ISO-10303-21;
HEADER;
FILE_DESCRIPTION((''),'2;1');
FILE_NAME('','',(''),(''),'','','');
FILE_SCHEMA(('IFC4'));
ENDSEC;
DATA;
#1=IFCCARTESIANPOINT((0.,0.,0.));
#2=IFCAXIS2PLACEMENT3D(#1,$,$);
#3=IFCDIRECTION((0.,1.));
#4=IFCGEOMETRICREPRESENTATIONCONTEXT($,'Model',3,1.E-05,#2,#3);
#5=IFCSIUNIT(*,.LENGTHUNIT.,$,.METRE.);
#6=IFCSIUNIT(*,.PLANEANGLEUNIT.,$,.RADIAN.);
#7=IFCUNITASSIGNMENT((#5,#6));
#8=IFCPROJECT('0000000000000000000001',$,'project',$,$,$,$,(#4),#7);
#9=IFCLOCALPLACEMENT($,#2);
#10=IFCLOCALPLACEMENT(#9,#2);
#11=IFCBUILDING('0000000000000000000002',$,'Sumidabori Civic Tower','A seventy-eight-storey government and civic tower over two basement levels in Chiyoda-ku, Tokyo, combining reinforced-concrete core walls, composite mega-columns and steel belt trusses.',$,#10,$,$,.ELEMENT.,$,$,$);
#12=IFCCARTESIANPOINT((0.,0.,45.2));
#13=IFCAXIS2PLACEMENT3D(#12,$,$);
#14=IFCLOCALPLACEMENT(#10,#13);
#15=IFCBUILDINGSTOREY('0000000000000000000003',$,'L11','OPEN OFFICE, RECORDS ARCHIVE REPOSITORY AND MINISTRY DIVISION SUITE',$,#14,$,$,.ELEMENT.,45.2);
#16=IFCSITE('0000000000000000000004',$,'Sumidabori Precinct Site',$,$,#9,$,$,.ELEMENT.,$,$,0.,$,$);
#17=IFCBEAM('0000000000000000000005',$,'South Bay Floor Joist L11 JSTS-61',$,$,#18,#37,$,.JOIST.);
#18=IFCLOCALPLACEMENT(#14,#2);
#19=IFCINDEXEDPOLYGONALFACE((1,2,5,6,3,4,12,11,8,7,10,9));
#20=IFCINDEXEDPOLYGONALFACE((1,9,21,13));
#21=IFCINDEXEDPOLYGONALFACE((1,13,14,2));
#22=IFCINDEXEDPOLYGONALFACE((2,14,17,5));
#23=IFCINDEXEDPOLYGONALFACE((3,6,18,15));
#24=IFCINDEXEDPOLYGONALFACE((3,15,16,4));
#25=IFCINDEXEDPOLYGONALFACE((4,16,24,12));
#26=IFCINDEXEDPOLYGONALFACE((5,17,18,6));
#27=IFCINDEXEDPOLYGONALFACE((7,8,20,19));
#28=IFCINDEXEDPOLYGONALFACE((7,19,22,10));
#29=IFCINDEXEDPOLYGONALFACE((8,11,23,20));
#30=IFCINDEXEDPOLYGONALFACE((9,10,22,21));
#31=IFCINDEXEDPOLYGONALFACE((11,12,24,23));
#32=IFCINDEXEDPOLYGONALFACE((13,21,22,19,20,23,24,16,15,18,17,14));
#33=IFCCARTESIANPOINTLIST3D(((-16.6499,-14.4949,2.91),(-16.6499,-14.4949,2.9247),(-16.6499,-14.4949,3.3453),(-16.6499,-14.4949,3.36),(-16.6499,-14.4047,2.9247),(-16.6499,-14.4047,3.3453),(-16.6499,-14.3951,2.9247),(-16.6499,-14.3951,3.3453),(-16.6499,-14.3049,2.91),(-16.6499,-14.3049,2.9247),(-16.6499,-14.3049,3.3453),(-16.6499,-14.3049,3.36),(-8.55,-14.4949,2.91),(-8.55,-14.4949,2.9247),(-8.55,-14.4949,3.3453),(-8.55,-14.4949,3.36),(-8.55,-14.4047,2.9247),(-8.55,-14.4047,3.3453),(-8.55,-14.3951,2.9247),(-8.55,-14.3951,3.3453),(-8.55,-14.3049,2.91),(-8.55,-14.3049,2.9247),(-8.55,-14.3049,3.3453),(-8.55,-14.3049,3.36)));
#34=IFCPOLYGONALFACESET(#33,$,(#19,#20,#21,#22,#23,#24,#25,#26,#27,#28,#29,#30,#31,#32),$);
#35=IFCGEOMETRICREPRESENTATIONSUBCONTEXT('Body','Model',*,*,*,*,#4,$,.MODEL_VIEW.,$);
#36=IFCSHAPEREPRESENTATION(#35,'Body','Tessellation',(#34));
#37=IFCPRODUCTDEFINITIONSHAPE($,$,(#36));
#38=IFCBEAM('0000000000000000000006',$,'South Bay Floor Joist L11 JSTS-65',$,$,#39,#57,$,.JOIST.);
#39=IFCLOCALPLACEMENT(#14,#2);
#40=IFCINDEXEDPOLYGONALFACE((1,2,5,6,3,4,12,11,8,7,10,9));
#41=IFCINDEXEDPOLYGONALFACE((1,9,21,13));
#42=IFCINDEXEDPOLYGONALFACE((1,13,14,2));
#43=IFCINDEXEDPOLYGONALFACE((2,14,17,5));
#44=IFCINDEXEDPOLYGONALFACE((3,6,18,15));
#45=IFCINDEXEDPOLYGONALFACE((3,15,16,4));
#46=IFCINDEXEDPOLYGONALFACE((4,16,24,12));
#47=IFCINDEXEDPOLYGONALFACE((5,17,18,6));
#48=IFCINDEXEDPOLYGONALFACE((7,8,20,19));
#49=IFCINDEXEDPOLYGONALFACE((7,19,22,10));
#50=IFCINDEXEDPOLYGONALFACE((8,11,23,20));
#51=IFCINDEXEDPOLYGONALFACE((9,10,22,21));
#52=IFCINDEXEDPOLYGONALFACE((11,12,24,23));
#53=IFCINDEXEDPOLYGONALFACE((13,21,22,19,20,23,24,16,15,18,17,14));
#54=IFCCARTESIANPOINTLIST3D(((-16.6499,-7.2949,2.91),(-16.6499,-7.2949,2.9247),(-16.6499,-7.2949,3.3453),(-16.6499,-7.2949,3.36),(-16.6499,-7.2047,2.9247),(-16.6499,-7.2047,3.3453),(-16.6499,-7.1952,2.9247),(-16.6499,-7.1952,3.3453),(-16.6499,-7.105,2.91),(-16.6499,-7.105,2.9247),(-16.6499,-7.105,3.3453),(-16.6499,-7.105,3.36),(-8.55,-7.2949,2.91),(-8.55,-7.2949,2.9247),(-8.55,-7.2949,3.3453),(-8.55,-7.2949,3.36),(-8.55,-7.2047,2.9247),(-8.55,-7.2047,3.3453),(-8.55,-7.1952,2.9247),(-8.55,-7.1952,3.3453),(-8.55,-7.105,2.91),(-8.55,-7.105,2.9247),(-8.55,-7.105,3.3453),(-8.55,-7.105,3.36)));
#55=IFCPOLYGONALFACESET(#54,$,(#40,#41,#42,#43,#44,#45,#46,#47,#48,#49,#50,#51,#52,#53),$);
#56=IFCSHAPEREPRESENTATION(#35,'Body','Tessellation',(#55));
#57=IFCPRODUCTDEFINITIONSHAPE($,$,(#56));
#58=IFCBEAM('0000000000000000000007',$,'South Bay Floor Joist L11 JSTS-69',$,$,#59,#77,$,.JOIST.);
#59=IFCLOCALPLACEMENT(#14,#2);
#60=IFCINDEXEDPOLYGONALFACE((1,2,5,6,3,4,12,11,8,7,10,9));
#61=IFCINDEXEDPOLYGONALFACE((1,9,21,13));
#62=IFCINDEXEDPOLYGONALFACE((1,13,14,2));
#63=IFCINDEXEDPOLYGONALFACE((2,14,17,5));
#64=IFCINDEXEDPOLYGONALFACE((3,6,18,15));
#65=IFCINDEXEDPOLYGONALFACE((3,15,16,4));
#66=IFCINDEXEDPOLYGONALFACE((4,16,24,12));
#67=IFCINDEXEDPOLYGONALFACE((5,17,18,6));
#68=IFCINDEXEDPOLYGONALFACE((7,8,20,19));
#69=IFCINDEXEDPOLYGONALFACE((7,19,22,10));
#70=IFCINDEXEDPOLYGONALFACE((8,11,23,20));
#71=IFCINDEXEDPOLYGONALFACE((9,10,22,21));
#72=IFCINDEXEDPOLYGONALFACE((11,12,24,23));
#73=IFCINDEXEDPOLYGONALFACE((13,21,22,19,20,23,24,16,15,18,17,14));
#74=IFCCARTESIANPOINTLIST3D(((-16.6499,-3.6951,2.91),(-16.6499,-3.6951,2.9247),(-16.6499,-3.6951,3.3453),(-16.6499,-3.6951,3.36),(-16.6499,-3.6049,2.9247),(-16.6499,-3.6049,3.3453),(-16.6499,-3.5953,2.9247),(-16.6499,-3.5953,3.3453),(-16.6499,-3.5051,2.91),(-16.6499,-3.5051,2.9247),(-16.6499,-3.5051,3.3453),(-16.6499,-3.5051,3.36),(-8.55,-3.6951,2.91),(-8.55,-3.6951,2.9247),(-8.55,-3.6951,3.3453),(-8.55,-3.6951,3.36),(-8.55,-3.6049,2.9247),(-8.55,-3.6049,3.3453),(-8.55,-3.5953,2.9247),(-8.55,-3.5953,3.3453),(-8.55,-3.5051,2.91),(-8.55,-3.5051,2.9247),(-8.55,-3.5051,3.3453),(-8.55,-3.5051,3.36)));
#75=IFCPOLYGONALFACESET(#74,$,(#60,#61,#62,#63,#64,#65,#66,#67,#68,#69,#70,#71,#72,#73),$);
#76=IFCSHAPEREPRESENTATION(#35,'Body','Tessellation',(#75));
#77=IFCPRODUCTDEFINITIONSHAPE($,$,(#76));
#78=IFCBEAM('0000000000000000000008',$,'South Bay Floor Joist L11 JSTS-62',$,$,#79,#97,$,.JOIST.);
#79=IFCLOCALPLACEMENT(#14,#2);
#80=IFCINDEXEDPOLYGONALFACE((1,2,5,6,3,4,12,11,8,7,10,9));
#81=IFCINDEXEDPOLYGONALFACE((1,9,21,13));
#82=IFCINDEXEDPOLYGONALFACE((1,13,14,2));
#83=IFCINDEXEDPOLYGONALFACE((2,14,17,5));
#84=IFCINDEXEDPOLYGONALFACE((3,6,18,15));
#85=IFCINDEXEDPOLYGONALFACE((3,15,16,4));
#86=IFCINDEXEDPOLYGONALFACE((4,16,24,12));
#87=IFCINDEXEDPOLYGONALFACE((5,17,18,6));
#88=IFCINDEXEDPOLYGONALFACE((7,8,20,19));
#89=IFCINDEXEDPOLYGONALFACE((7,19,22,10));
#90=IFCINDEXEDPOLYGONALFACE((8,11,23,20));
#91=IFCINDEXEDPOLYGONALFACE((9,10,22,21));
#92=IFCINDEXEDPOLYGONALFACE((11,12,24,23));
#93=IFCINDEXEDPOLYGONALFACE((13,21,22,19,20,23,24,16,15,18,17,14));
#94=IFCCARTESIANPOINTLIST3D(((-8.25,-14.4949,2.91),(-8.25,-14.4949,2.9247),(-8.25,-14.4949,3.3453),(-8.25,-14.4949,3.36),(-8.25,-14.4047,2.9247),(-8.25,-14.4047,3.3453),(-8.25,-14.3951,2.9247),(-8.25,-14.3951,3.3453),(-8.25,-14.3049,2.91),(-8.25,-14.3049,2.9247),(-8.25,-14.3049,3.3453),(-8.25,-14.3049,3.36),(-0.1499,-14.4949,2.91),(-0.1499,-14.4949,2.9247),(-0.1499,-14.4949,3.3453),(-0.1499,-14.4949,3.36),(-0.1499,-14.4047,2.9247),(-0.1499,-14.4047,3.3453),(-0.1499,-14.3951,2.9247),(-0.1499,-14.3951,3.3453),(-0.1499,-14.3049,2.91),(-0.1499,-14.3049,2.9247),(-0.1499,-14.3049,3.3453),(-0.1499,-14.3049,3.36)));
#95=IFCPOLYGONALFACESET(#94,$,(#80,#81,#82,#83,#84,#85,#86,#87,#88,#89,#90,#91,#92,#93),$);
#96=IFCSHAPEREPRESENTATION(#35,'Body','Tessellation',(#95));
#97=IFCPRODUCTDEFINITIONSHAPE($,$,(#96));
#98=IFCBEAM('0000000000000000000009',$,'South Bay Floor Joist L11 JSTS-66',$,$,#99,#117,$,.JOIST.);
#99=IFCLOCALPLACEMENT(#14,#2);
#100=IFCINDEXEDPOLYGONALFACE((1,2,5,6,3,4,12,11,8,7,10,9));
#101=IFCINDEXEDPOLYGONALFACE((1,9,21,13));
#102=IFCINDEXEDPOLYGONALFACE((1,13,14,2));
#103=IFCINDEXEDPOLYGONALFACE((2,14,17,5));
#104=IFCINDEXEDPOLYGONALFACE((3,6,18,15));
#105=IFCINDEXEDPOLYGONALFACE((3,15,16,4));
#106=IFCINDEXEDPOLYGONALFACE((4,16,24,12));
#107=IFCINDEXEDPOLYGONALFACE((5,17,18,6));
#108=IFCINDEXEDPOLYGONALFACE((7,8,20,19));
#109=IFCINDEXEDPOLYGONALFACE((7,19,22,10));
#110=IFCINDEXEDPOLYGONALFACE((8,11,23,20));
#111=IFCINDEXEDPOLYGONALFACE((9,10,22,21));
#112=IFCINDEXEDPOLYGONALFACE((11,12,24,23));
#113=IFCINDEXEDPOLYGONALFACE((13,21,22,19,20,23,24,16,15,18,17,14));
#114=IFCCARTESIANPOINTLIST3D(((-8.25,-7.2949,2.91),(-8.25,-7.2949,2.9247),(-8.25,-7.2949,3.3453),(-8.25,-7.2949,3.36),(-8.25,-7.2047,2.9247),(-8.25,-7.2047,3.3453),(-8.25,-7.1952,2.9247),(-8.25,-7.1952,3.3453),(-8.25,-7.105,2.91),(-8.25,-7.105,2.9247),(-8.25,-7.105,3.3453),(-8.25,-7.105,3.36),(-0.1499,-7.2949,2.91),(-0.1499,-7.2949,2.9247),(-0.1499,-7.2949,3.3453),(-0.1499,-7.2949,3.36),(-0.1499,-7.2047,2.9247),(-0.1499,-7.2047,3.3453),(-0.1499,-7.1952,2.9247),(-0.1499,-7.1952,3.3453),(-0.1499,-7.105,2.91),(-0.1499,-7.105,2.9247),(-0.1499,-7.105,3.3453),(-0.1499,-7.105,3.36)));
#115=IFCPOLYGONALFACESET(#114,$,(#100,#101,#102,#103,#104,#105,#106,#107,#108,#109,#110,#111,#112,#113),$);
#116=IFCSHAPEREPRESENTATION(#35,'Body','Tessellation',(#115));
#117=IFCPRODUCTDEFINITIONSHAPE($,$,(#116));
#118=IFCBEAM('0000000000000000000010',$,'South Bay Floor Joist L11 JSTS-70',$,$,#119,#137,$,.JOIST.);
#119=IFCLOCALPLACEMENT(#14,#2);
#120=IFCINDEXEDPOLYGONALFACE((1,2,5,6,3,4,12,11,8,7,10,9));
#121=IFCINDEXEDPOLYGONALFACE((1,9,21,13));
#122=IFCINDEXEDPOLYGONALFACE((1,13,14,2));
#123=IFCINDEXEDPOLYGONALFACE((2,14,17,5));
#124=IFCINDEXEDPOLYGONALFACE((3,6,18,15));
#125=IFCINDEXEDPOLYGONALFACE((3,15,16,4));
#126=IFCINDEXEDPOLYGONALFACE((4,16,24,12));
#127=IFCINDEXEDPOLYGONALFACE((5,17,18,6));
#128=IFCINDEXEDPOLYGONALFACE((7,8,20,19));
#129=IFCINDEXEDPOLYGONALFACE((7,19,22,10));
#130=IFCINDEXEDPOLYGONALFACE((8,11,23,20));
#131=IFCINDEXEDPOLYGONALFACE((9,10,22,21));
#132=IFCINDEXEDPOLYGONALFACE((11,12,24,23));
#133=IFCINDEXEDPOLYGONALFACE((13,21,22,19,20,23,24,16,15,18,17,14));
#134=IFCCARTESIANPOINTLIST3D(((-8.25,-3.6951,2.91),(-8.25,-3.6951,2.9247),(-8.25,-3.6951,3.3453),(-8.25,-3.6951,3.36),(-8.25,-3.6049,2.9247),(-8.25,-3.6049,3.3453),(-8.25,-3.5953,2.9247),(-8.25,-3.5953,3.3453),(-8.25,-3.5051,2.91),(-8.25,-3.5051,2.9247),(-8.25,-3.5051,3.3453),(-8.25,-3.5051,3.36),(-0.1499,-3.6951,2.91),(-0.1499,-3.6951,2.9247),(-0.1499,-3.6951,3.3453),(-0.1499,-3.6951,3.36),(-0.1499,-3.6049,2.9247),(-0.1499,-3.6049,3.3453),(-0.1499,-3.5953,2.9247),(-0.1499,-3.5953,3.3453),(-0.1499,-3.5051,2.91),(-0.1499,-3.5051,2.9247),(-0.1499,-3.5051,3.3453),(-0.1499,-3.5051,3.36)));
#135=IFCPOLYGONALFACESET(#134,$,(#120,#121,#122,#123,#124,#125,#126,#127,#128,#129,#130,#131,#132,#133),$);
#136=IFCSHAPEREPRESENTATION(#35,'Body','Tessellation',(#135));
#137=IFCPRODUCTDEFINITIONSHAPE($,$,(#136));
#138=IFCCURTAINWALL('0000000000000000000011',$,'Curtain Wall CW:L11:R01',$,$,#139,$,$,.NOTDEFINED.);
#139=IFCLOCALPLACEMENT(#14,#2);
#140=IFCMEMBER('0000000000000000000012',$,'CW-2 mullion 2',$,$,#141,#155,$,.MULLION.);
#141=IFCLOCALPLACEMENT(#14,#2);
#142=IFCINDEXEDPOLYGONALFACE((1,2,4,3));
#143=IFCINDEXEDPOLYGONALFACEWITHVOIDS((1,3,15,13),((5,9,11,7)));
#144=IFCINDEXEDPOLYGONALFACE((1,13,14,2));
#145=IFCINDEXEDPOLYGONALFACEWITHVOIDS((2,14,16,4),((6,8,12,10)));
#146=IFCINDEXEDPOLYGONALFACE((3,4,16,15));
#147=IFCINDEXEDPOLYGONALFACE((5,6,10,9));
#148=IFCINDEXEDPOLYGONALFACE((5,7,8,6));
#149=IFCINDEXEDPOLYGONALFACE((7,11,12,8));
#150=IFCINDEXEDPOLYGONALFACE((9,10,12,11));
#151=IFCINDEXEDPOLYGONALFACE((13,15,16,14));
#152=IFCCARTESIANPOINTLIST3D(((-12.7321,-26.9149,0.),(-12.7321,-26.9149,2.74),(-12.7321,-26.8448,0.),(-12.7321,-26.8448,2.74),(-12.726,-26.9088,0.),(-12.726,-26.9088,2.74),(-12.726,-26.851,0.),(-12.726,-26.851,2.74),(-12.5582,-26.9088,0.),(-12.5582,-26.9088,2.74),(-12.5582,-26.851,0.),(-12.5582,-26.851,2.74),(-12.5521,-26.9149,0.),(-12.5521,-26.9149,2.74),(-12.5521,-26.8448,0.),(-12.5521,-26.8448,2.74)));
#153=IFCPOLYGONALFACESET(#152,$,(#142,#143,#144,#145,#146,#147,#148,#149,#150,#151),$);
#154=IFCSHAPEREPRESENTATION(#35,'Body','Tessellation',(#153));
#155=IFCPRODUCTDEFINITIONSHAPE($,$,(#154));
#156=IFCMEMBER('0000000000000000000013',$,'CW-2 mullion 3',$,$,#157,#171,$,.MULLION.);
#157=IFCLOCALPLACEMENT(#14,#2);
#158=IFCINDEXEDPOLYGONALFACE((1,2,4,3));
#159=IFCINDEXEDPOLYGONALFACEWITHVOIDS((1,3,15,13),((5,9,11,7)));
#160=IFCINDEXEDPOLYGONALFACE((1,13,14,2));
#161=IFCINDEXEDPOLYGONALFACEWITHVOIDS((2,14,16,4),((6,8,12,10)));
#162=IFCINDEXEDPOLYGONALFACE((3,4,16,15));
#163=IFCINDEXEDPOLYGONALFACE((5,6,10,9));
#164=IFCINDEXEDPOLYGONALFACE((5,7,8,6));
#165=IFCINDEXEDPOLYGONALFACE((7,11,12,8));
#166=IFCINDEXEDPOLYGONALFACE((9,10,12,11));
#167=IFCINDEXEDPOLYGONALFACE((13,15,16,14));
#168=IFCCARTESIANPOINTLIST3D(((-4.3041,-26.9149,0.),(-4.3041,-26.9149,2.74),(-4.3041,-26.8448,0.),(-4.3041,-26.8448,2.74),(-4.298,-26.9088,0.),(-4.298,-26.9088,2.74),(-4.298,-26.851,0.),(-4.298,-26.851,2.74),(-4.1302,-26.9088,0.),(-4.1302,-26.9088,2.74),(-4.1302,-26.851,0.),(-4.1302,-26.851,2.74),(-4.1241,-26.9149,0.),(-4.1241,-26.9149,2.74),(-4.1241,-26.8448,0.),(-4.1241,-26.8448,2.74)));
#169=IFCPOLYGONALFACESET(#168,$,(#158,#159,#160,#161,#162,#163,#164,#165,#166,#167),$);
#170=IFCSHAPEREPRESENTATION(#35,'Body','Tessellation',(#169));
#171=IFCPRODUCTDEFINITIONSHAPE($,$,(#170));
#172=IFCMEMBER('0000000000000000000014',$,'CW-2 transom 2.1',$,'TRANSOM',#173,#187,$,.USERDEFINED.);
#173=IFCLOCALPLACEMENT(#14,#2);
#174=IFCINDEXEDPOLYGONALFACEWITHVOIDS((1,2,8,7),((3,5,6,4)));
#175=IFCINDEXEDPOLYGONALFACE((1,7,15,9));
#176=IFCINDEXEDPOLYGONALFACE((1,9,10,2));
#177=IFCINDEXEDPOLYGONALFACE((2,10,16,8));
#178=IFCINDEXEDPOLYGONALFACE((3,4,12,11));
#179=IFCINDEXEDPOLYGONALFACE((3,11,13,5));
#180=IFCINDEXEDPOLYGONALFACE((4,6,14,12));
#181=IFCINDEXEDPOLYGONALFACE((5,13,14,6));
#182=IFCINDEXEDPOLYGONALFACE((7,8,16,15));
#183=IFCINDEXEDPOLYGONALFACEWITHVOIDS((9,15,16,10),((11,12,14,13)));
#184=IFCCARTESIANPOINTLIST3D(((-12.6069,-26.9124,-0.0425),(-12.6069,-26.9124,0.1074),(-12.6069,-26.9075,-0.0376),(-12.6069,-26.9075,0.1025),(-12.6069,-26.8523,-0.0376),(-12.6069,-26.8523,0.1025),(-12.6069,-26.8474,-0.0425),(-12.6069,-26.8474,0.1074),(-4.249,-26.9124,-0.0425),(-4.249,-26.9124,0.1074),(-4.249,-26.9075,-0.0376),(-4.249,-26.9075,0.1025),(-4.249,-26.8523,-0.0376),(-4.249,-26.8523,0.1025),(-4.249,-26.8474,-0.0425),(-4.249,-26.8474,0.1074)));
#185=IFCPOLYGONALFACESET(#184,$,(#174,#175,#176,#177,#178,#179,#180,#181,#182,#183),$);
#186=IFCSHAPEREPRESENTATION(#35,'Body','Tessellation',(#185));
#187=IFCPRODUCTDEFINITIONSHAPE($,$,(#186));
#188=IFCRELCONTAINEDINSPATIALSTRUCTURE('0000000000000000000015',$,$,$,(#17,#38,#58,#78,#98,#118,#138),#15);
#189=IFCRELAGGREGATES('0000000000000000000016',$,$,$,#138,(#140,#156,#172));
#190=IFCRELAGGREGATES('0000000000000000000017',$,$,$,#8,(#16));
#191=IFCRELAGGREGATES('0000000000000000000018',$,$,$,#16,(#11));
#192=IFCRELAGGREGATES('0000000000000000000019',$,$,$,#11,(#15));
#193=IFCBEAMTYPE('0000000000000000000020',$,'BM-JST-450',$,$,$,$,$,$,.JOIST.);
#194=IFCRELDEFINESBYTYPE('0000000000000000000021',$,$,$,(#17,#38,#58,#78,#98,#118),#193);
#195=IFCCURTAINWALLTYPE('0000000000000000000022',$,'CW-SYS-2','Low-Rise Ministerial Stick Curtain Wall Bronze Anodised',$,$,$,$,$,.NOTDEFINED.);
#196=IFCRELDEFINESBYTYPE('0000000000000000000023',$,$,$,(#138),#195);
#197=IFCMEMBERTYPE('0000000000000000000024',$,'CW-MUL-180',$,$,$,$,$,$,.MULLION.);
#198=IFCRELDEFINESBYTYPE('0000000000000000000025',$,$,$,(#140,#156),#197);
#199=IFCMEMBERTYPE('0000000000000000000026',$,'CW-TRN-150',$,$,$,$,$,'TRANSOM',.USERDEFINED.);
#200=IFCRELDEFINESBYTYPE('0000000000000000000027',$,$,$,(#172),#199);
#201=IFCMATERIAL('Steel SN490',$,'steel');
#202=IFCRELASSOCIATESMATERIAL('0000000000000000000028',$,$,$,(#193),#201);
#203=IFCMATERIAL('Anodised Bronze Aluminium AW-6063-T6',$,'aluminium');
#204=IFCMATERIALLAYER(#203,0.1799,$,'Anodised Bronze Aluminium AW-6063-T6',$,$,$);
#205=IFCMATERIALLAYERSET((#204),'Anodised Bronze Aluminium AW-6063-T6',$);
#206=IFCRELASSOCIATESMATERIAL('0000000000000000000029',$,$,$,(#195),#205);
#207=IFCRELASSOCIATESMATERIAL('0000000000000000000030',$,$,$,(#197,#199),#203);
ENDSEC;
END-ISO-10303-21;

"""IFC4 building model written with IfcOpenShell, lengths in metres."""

from ifc_helpers import new_model, si_unit, direction, frame, origin, origin_2d, place, context, subcontext, project, spatial, hollow_rectangle, i_section, extrude, source, transform, mapped, material, layer, layer_set, material_profile, profile_set, type_object, element, aggregate, save


model = new_model("IFC4")

# Units and contexts
model_context = context("Model", 3, precision=1e-05, world=origin(), true_north=direction((0.0, 1.0)))
body_context = subcontext(model_context, "Body", "Model", "MODEL_VIEW")
ifc_project = project(units=[si_unit("LENGTHUNIT", "METRE"), si_unit("PLANEANGLEUNIT", "RADIAN")], contexts=[model_context])

# Site, building, storey
site_placement = place(None, origin())
site = spatial("IfcSite", under=ifc_project, at=site_placement, Name="Sumidabori Precinct Site", CompositionType="ELEMENT", RefElevation=0.0)
building_placement = place(site_placement, origin())
building = spatial("IfcBuilding", under=site, at=building_placement, Name="Sumidabori Civic Tower", Description="A seventy-eight-storey government and civic tower over two basement levels in Chiyoda-ku, Tokyo, combining reinforced-concrete core walls, composite mega-columns and steel belt trusses.", CompositionType="ELEMENT")
storey_placement = place(building_placement, frame((0.0, 0.0, 45.2)))
storey = spatial("IfcBuildingStorey", under=building, at=storey_placement, Name="L11", Description="OPEN OFFICE, RECORDS ARCHIVE REPOSITORY AND MINISTRY DIVISION SUITE", CompositionType="ELEMENT", Elevation=45.2)

# Beams
ifc_material_1 = material(Name="Steel SN490", Category="steel")
ifc_material_profile_1 = material_profile(ifc_material_1, i_section(OverallWidth=0.1899, OverallDepth=0.45, WebThickness=0.0095, FlangeThickness=0.0146, at=origin_2d()), Name="IPE 450")
ifc_profile_set_1 = profile_set([ifc_material_profile_1], Name="Steel SN490")
beam_type_1 = type_object("IfcBeamType", Name="BM-JST-450", PredefinedType="JOIST", material=ifc_profile_set_1)
shared_shape_1 = source(origin(), body_context, "Body", "SweptSolid", [
    extrude(i_section(OverallWidth=0.1899, OverallDepth=0.45, WebThickness=0.0095, FlangeThickness=0.0146, at=origin_2d()), origin(), (0.0, 0.0, 1.0), 8.0999),
])
for number, where, z_axis, x_axis, name in (
    (1, (-16.6499, -14.3999, 3.135), (1.0, 0.0, 0.0), (0.0, 1.0, 0.0), "South Bay Floor Joist L11 JSTS-61"),
    (2, (-16.6499, -7.2, 3.135), (1.0, 0.0, 0.0), (0.0, 1.0, 0.0), "South Bay Floor Joist L11 JSTS-65"),
    (3, (-16.6499, -3.6001, 3.135), (1.0, 0.0, 0.0), (0.0, 1.0, 0.0), "South Bay Floor Joist L11 JSTS-69"),
):
    element("IfcBeam", number, at=place(storey_placement, frame(where, z_axis=z_axis, x_axis=x_axis)), inside=storey, type_object=beam_type_1, Name=name, PredefinedType="JOIST", context=body_context, shape_type="MappedRepresentation", body=[
        mapped(shared_shape_1, transform((0.0, 0.0, 0.0), x_axis=(1.0, 0.0, 0.0), y_axis=(0.0, 1.0, 0.0), z_axis=(0.0, 0.0, 1.0), scale=1.0)),
    ])
shared_shape_2 = source(origin(), body_context, "Body", "SweptSolid", [
    extrude(i_section(OverallWidth=0.1899, OverallDepth=0.45, WebThickness=0.0095, FlangeThickness=0.0146, at=origin_2d()), origin(), (0.0, 0.0, 1.0), 8.1001),
])
for number, where, z_axis, x_axis, name in (
    (4, (-8.25, -14.3999, 3.135), (1.0, 0.0, 0.0), (0.0, 1.0, 0.0), "South Bay Floor Joist L11 JSTS-62"),
    (5, (-8.25, -7.2, 3.135), (1.0, 0.0, 0.0), (0.0, 1.0, 0.0), "South Bay Floor Joist L11 JSTS-66"),
    (6, (-8.25, -3.6001, 3.135), (1.0, 0.0, 0.0), (0.0, 1.0, 0.0), "South Bay Floor Joist L11 JSTS-70"),
):
    element("IfcBeam", number, at=place(storey_placement, frame(where, z_axis=z_axis, x_axis=x_axis)), inside=storey, type_object=beam_type_1, Name=name, PredefinedType="JOIST", context=body_context, shape_type="MappedRepresentation", body=[
        mapped(shared_shape_2, transform((0.0, 0.0, 0.0), x_axis=(1.0, 0.0, 0.0), y_axis=(0.0, 1.0, 0.0), z_axis=(0.0, 0.0, 1.0), scale=1.0)),
    ])

# Curtain wall, members
ifc_material_2 = material(Name="Anodised Bronze Aluminium AW-6063-T6", Category="aluminium")
ifc_layer_1 = layer(ifc_material_2, 0.1799, Name="Anodised Bronze Aluminium AW-6063-T6")
ifc_layer_set_1 = layer_set([ifc_layer_1], Name="Anodised Bronze Aluminium AW-6063-T6")
curtain_wall_type = type_object("IfcCurtainWallType", Name="CW-SYS-2", Description="Low-Rise Ministerial Stick Curtain Wall Bronze Anodised", PredefinedType="NOTDEFINED", material=ifc_layer_set_1)
curtain_wall_placement = place(storey_placement, origin())
curtain_wall = element("IfcCurtainWall", 7, at=curtain_wall_placement, inside=storey, type_object=curtain_wall_type, Name="Curtain Wall CW:L11:R01", PredefinedType="NOTDEFINED")
ifc_material_profile_2 = material_profile(ifc_material_2, hollow_rectangle(XDim=0.0701, YDim=0.1799, WallThickness=0.0061, at=origin_2d()), Name="ALU MULLION 180x70")
ifc_profile_set_2 = profile_set([ifc_material_profile_2], Name="Anodised Bronze Aluminium AW-6063-T6")
member_type_1 = type_object("IfcMemberType", Name="CW-MUL-180", PredefinedType="MULLION", material=ifc_profile_set_2)
shared_shape_3 = source(origin(), body_context, "Body", "SweptSolid", [
    extrude(hollow_rectangle(XDim=0.0701, YDim=0.1799, WallThickness=0.0061, at=origin_2d()), origin(), (0.0, 0.0, 1.0), 2.74),
])
member_1_placement = place(storey_placement, frame((-12.6421, -26.8799, 0.0), z_axis=(0.0, 0.0, 1.0), x_axis=(0.0, 1.0, 0.0)))
member_1 = element("IfcMember", 8, at=member_1_placement, type_object=member_type_1, Name="CW-2 mullion 2", PredefinedType="MULLION", context=body_context, shape_type="MappedRepresentation", body=[
    mapped(shared_shape_3, transform((0.0, 0.0, 0.0), x_axis=(1.0, 0.0, 0.0), y_axis=(0.0, 1.0, 0.0), z_axis=(0.0, 0.0, 1.0), scale=1.0)),
])
member_2_placement = place(storey_placement, frame((-4.2141, -26.8799, 0.0), z_axis=(0.0, 0.0, 1.0), x_axis=(0.0, 1.0, 0.0)))
member_2 = element("IfcMember", 9, at=member_2_placement, type_object=member_type_1, Name="CW-2 mullion 3", PredefinedType="MULLION", context=body_context, shape_type="MappedRepresentation", body=[
    mapped(shared_shape_3, transform((0.0, 0.0, 0.0), x_axis=(1.0, 0.0, 0.0), y_axis=(0.0, 1.0, 0.0), z_axis=(0.0, 0.0, 1.0), scale=1.0)),
])
ifc_material_profile_3 = material_profile(ifc_material_2, hollow_rectangle(XDim=0.0649, YDim=0.1499, WallThickness=0.0049, at=origin_2d()), Name="ALU TRANSOM 150x65")
ifc_profile_set_3 = profile_set([ifc_material_profile_3], Name="Anodised Bronze Aluminium AW-6063-T6")
member_type_2 = type_object("IfcMemberType", Name="CW-TRN-150", ElementType="TRANSOM", PredefinedType="USERDEFINED", material=ifc_profile_set_3)
shared_shape_4 = source(origin(), body_context, "Body", "SweptSolid", [
    extrude(hollow_rectangle(XDim=0.0649, YDim=0.1499, WallThickness=0.0049, at=origin_2d()), origin(), (0.0, 0.0, 1.0), 8.3579),
])
member_3_placement = place(storey_placement, frame((-12.6069, -26.8799, 0.0325), z_axis=(1.0, 0.0, 0.0), x_axis=(0.0, 1.0, 0.0)))
member_3 = element("IfcMember", 10, at=member_3_placement, type_object=member_type_2, Name="CW-2 transom 2.1", ObjectType="TRANSOM", PredefinedType="USERDEFINED", context=body_context, shape_type="MappedRepresentation", body=[
    mapped(shared_shape_4, transform((0.0, 0.0, 0.0), x_axis=(1.0, 0.0, 0.0), y_axis=(0.0, 1.0, 0.0), z_axis=(0.0, 0.0, 1.0), scale=1.0)),
])
aggregate(curtain_wall, [member_1, member_2, member_3])

save(model, "model.ifc")
